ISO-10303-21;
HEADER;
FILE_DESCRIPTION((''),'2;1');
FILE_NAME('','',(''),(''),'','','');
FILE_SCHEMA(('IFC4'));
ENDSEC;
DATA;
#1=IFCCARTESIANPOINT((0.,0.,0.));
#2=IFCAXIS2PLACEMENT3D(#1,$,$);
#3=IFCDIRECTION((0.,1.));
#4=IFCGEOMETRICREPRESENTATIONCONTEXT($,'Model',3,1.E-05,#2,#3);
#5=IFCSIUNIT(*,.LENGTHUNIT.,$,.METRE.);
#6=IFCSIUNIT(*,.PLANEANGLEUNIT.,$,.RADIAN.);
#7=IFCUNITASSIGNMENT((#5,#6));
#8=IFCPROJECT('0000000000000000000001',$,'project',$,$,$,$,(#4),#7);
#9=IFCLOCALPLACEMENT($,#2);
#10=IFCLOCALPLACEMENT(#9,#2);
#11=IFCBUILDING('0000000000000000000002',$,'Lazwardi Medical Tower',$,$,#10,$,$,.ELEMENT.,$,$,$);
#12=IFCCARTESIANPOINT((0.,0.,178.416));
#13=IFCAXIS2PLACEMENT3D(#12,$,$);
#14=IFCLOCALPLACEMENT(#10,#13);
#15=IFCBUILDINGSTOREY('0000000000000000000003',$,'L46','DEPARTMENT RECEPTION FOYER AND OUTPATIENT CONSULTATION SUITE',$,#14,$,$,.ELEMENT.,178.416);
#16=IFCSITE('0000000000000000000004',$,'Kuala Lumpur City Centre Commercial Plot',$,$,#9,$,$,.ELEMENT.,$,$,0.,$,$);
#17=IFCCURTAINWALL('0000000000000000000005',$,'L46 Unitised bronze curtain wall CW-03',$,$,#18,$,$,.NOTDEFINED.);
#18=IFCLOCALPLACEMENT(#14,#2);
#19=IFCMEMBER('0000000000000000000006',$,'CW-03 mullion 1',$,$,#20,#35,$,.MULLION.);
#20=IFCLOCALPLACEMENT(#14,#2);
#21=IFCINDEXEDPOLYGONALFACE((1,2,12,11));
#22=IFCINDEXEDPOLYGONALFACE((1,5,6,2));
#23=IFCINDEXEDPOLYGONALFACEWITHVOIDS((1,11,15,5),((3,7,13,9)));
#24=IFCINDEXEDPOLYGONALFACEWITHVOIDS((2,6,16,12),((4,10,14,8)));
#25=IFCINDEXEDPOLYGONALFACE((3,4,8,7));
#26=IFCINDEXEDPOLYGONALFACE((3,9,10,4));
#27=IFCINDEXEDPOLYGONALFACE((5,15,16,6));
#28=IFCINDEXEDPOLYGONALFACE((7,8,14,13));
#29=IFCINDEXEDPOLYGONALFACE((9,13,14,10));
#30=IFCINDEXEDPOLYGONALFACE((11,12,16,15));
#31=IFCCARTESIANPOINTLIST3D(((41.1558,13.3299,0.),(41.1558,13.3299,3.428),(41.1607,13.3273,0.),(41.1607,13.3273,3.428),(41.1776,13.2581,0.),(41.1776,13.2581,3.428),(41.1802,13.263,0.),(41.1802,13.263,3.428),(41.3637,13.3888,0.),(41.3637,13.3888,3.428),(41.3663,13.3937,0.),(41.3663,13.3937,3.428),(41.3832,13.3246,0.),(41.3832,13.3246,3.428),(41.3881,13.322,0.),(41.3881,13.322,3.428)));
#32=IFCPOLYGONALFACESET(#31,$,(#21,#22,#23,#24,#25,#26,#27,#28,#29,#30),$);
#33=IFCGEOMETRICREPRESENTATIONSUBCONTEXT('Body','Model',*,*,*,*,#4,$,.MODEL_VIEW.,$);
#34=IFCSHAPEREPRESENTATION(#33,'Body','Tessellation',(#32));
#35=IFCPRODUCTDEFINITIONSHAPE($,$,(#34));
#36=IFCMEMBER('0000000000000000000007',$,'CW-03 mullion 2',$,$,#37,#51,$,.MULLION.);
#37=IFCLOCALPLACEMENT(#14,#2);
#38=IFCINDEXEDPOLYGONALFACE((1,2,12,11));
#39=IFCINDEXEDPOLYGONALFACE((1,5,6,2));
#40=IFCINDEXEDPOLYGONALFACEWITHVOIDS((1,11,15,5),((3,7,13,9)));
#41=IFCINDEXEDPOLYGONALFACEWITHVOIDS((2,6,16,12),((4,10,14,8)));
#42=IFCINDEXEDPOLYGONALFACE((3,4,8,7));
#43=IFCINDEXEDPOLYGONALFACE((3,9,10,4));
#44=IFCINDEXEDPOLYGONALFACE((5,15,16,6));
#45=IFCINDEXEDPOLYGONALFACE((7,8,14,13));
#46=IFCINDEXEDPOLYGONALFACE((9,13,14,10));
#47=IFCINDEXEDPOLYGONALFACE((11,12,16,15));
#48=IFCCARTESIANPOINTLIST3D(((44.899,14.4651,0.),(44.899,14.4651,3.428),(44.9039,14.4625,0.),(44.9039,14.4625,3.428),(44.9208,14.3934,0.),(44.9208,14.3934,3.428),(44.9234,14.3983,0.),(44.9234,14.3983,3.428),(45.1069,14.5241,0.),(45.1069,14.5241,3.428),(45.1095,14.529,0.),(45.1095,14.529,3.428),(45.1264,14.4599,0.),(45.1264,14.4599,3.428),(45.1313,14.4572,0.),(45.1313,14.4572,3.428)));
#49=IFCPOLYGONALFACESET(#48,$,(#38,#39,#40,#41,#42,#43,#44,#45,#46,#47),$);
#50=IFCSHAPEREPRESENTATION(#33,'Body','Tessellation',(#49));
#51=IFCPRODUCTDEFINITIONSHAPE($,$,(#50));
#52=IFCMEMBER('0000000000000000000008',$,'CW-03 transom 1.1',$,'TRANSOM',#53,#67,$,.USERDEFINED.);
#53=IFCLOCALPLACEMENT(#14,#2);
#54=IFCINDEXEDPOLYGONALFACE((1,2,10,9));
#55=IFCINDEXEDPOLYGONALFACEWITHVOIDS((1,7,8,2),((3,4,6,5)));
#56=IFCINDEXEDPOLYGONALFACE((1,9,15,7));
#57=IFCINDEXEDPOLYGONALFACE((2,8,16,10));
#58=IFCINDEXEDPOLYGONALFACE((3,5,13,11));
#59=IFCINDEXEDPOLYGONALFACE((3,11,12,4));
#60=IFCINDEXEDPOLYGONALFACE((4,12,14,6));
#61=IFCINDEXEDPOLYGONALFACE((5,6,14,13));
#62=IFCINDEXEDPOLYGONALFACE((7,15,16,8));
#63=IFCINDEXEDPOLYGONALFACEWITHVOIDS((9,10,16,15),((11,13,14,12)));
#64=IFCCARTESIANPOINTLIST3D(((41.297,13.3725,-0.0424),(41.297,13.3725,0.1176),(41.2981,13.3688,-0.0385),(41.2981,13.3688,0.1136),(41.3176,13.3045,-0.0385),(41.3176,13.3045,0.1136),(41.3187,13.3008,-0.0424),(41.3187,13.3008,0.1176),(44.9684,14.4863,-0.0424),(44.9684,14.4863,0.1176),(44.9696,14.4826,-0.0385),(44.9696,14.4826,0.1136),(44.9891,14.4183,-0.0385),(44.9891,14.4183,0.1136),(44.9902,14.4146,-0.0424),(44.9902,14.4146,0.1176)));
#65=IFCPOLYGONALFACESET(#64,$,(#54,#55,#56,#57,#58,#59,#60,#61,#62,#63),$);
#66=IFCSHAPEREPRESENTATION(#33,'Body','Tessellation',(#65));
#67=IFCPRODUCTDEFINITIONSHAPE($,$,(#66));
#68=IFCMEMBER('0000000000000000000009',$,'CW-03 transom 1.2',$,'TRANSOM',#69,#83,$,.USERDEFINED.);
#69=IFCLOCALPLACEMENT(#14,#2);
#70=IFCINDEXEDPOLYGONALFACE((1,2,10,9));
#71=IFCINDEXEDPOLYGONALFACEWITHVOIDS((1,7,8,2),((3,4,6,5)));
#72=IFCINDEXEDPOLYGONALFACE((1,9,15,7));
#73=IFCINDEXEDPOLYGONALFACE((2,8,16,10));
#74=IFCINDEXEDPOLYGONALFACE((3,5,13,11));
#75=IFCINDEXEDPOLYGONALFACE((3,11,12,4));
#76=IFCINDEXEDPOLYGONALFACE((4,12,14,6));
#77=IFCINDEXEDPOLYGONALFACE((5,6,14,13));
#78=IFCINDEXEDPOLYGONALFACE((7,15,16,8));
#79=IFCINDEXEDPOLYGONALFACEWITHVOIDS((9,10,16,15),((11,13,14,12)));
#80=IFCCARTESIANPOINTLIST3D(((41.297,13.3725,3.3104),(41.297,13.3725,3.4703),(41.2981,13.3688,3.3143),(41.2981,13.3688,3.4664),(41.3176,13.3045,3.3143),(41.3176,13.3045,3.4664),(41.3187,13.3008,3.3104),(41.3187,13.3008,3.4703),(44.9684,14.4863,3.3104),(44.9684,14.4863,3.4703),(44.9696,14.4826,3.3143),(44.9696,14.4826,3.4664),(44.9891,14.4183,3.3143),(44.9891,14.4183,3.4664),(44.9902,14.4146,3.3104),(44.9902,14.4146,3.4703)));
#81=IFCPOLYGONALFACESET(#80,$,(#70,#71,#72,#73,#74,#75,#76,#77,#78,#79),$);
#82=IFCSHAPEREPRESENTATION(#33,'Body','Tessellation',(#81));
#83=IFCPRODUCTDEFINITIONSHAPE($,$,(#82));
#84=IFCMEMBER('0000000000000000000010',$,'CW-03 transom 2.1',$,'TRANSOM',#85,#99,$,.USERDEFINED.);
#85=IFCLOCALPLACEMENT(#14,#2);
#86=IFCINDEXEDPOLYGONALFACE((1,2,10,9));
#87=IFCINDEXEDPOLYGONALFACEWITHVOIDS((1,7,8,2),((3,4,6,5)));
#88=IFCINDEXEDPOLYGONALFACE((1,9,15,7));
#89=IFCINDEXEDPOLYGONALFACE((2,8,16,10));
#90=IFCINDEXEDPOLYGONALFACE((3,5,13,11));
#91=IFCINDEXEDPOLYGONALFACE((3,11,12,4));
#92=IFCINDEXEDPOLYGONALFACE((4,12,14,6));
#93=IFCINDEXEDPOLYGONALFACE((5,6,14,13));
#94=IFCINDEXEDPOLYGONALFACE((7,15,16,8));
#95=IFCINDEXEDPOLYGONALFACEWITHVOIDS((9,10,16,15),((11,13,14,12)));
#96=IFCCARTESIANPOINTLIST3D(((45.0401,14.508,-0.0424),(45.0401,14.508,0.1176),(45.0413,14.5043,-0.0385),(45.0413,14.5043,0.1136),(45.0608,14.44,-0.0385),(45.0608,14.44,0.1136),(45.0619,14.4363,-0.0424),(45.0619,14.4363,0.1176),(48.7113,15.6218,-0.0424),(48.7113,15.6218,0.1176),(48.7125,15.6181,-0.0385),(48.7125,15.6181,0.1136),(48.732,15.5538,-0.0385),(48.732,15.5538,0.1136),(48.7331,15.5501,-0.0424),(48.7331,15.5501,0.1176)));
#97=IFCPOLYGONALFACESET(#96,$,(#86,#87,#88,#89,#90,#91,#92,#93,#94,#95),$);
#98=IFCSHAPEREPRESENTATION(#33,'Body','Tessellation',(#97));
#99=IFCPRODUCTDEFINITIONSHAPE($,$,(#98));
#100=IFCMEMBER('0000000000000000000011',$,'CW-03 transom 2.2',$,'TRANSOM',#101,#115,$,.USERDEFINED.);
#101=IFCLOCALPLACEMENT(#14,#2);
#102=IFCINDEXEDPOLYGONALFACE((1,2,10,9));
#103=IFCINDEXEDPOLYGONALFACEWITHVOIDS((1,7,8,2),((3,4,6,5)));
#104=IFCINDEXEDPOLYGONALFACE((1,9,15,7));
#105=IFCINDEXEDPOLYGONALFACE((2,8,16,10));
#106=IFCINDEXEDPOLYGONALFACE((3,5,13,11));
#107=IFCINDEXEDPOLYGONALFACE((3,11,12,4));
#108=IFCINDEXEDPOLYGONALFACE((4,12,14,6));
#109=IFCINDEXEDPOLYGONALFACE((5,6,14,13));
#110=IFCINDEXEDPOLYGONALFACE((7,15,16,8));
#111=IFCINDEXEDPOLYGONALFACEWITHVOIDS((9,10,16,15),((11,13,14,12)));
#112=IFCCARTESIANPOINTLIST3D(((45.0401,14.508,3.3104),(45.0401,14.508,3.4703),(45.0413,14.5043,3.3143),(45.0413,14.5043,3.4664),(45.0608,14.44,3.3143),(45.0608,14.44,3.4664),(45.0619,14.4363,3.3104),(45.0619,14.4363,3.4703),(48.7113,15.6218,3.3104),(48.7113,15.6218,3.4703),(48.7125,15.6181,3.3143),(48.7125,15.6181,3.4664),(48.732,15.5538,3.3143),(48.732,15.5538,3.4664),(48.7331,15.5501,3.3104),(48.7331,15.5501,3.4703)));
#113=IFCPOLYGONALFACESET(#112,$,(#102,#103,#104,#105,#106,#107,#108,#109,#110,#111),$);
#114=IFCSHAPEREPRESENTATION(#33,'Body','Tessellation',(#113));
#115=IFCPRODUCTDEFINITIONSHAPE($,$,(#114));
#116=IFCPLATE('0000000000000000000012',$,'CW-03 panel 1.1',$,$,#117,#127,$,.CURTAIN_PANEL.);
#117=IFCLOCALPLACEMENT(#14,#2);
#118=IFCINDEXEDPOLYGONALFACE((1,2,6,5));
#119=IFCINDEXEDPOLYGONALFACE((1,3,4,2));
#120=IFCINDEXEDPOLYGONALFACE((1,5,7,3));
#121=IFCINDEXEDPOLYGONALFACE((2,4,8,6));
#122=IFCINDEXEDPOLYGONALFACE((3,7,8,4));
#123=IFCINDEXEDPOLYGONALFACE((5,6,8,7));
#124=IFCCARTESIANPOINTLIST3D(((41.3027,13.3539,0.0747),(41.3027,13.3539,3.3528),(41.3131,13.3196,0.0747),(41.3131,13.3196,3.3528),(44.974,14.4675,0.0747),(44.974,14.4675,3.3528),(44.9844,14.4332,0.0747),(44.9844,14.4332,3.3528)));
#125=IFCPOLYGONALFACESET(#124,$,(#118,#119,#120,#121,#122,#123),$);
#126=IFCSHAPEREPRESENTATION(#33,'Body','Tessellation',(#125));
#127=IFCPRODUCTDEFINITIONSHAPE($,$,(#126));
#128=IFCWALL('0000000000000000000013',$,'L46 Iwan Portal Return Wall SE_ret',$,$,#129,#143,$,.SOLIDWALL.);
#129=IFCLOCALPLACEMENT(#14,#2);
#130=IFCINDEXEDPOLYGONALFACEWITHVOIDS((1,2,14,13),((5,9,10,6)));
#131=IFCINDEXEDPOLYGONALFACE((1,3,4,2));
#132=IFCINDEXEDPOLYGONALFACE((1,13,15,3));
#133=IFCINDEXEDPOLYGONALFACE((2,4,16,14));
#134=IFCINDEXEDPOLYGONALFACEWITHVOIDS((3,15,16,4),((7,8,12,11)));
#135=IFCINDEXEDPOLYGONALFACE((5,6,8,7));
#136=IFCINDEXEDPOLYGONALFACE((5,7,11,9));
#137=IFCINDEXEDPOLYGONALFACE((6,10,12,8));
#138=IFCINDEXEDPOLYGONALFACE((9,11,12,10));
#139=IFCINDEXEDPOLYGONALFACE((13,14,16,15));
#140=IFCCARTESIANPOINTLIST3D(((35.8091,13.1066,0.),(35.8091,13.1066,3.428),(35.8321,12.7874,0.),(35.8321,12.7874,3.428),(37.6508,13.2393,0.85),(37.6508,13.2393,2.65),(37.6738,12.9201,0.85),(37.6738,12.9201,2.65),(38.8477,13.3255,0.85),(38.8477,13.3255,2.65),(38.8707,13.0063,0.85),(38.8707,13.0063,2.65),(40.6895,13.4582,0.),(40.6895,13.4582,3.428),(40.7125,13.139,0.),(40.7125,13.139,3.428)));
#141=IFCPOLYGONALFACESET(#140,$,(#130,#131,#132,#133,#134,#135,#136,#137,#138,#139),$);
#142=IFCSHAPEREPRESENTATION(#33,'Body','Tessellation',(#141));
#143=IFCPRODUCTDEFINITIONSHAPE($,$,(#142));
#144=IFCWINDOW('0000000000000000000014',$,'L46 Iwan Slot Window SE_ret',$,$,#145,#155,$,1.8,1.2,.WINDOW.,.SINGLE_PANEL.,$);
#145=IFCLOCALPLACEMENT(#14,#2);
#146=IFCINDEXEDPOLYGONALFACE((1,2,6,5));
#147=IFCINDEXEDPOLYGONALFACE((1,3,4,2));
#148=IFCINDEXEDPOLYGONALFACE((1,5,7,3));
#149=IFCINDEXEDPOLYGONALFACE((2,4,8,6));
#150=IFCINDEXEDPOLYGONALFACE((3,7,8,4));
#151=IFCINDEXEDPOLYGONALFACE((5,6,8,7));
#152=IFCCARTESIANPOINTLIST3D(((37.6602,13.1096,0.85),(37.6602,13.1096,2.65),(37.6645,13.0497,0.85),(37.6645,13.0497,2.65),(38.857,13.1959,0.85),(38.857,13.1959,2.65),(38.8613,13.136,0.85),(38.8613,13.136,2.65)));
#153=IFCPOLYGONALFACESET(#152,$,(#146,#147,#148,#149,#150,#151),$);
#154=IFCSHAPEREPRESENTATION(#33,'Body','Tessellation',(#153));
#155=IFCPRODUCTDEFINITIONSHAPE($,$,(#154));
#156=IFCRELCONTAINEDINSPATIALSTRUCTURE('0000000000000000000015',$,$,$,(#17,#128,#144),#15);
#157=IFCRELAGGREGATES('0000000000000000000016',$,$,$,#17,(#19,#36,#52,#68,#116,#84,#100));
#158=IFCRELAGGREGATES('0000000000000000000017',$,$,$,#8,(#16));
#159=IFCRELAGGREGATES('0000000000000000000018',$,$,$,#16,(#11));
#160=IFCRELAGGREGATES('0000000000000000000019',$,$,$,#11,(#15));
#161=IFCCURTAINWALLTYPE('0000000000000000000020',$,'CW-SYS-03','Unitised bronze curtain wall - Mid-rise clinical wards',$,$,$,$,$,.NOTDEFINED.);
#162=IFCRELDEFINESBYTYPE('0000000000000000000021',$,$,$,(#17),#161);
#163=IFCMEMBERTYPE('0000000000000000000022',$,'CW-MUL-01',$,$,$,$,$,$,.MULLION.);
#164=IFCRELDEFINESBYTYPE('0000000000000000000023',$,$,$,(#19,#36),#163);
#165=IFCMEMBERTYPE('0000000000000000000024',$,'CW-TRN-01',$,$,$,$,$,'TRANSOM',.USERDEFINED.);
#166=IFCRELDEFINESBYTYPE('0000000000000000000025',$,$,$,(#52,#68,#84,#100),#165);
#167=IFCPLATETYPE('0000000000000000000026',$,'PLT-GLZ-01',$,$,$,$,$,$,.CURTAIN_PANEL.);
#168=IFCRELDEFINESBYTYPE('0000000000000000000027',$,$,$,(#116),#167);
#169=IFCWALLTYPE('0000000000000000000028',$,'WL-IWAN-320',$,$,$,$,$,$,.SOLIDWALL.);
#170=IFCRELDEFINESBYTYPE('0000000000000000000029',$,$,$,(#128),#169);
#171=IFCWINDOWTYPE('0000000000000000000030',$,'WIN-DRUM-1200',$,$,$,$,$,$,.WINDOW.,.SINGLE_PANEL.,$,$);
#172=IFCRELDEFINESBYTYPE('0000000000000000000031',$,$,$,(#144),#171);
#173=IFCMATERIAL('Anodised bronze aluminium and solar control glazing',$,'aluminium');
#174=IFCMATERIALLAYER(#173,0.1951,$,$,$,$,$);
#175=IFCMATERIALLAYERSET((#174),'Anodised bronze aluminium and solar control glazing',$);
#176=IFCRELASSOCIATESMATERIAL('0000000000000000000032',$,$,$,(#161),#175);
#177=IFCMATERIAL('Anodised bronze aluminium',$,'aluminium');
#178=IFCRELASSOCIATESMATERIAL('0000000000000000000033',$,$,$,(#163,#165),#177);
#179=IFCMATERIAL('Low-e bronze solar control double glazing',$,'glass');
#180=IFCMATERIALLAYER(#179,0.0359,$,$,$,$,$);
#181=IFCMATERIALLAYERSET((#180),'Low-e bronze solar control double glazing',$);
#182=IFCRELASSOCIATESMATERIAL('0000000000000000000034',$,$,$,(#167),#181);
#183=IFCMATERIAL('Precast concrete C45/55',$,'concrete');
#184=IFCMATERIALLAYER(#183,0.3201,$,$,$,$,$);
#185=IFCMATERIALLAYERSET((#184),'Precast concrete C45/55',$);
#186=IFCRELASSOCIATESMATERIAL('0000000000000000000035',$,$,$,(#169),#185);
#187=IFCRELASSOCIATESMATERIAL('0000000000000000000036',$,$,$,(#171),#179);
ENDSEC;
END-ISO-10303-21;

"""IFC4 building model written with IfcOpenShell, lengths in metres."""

from ifc_helpers import new_model, si_unit, direction, frame, frame_2d, origin, origin_2d, place, context, subcontext, project, spatial, rectangle, hollow_rectangle, extrude, material, layer, layer_set, material_profile, profile_set, type_object, element, fill, aggregate, save


model = new_model("IFC4")

# Units and contexts
model_context = context("Model", 3, precision=1e-05, world=origin(), true_north=direction((0.0, 1.0)))
body_context = subcontext(model_context, "Body", "Model", "MODEL_VIEW")
ifc_project = project(units=[si_unit("LENGTHUNIT", "METRE"), si_unit("PLANEANGLEUNIT", "RADIAN")], contexts=[model_context])

# Site, building, storey
site_placement = place(None, origin())
site = spatial("IfcSite", under=ifc_project, at=site_placement, Name="Kuala Lumpur City Centre Commercial Plot", CompositionType="ELEMENT", RefElevation=0.0)
building_placement = place(site_placement, origin())
building = spatial("IfcBuilding", under=site, at=building_placement, Name="Lazwardi Medical Tower", CompositionType="ELEMENT")
storey_placement = place(building_placement, frame((0.0, 0.0, 178.416)))
storey = spatial("IfcBuildingStorey", under=building, at=storey_placement, Name="L46", Description="DEPARTMENT RECEPTION FOYER AND OUTPATIENT CONSULTATION SUITE", CompositionType="ELEMENT", Elevation=178.416)

# Curtain wall, members, plate
ifc_material_1 = material(Name="Anodised bronze aluminium and solar control glazing", Category="aluminium")
ifc_layer_1 = layer(ifc_material_1, 0.1951)
ifc_layer_set_1 = layer_set([ifc_layer_1], Name="Anodised bronze aluminium and solar control glazing")
curtain_wall_type = type_object("IfcCurtainWallType", Name="CW-SYS-03", Description="Unitised bronze curtain wall - Mid-rise clinical wards", PredefinedType="NOTDEFINED", material=ifc_layer_set_1)
curtain_wall_placement = place(storey_placement, origin())
curtain_wall = element("IfcCurtainWall", 1, at=curtain_wall_placement, inside=storey, type_object=curtain_wall_type, Name="L46 Unitised bronze curtain wall CW-03", PredefinedType="NOTDEFINED")
ifc_material_2 = material(Name="Anodised bronze aluminium", Category="aluminium")
ifc_material_profile_1 = material_profile(ifc_material_2, hollow_rectangle(XDim=0.075, YDim=0.22, WallThickness=0.0039, at=origin_2d()), Name="ALU-MULLION 220x75x4")
ifc_profile_set_1 = profile_set([ifc_material_profile_1], Name="Anodised bronze aluminium")
member_type_1 = type_object("IfcMemberType", Name="CW-MUL-01", PredefinedType="MULLION", material=ifc_profile_set_1)
member_1_placement = place(storey_placement, frame((41.272, 13.3259, 0.0), z_axis=(0.0, 0.0, 1.0), x_axis=(-0.290281, 0.956942, 0.0)))
member_1 = element("IfcMember", 2, at=member_1_placement, type_object=member_type_1, Name="CW-03 mullion 1", PredefinedType="MULLION", context=body_context, shape_type="SweptSolid", body=[
    extrude(hollow_rectangle(XDim=0.075, YDim=0.22, WallThickness=0.0039, at=origin_2d()), origin(), (0.0, 0.0, 1.0), 3.428),
])
member_2_placement = place(storey_placement, frame((45.0151, 14.4612, 0.0), z_axis=(0.0, 0.0, 1.0), x_axis=(-0.290281, 0.956942, 0.0)))
member_2 = element("IfcMember", 3, at=member_2_placement, type_object=member_type_1, Name="CW-03 mullion 2", PredefinedType="MULLION", context=body_context, shape_type="SweptSolid", body=[
    extrude(hollow_rectangle(XDim=0.075, YDim=0.22, WallThickness=0.0039, at=origin_2d()), origin(), (0.0, 0.0, 1.0), 3.428),
])
ifc_material_profile_2 = material_profile(ifc_material_2, hollow_rectangle(XDim=0.075, YDim=0.1599, WallThickness=0.0039, at=origin_2d()), Name="ALU-TRANSOM 160x75x4")
ifc_profile_set_2 = profile_set([ifc_material_profile_2], Name="Anodised bronze aluminium")
member_type_2 = type_object("IfcMemberType", Name="CW-TRN-01", ElementType="TRANSOM", PredefinedType="USERDEFINED", material=ifc_profile_set_2)
member_3_placement = place(storey_placement, frame((41.3079, 13.3367, 0.0376), z_axis=(0.956936, 0.290301, 0.0), x_axis=(-0.290301, 0.956936, 0.0)))
member_3 = element("IfcMember", 4, at=member_3_placement, type_object=member_type_2, Name="CW-03 transom 1.1", ObjectType="TRANSOM", PredefinedType="USERDEFINED", context=body_context, shape_type="SweptSolid", body=[
    extrude(hollow_rectangle(XDim=0.075, YDim=0.1599, WallThickness=0.0039, at=origin_2d()), origin(), (0.0, 0.0, 1.0), 3.8367),
])
member_4_placement = place(storey_placement, frame((41.3079, 13.3367, 3.3904), z_axis=(0.956936, 0.290301, 0.0), x_axis=(-0.290301, 0.956936, 0.0)))
member_4 = element("IfcMember", 5, at=member_4_placement, type_object=member_type_2, Name="CW-03 transom 1.2", ObjectType="TRANSOM", PredefinedType="USERDEFINED", context=body_context, shape_type="SweptSolid", body=[
    extrude(hollow_rectangle(XDim=0.075, YDim=0.1599, WallThickness=0.0039, at=origin_2d()), origin(), (0.0, 0.0, 1.0), 3.8367),
])
member_5_placement = place(storey_placement, frame((45.051, 14.4722, 0.0376), z_axis=(0.95693, 0.290318, 0.0), x_axis=(-0.290318, 0.95693, 0.0)))
member_5 = element("IfcMember", 6, at=member_5_placement, type_object=member_type_2, Name="CW-03 transom 2.1", ObjectType="TRANSOM", PredefinedType="USERDEFINED", context=body_context, shape_type="SweptSolid", body=[
    extrude(hollow_rectangle(XDim=0.075, YDim=0.1599, WallThickness=0.0039, at=origin_2d()), origin(), (0.0, 0.0, 1.0), 3.8364),
])
member_6_placement = place(storey_placement, frame((45.051, 14.4722, 3.3904), z_axis=(0.95693, 0.290318, 0.0), x_axis=(-0.290318, 0.95693, 0.0)))
member_6 = element("IfcMember", 7, at=member_6_placement, type_object=member_type_2, Name="CW-03 transom 2.2", ObjectType="TRANSOM", PredefinedType="USERDEFINED", context=body_context, shape_type="SweptSolid", body=[
    extrude(hollow_rectangle(XDim=0.075, YDim=0.1599, WallThickness=0.0039, at=origin_2d()), origin(), (0.0, 0.0, 1.0), 3.8364),
])
ifc_material_3 = material(Name="Low-e bronze solar control double glazing", Category="glass")
ifc_layer_2 = layer(ifc_material_3, 0.0359)
ifc_layer_set_2 = layer_set([ifc_layer_2], Name="Low-e bronze solar control double glazing")
plate_type = type_object("IfcPlateType", Name="PLT-GLZ-01", PredefinedType="CURTAIN_PANEL", material=ifc_layer_set_2)
plate_placement = place(storey_placement, frame((43.1436, 13.8936, 0.0747), z_axis=(0.0, 0.0, 1.0), x_axis=(0.956942, 0.290281, 0.0)))
plate = element("IfcPlate", 8, at=plate_placement, type_object=plate_type, Name="CW-03 panel 1.1", PredefinedType="CURTAIN_PANEL", context=body_context, shape_type="SweptSolid", body=[
    extrude(rectangle(XDim=3.8364, YDim=0.0359, at=origin_2d()), origin(), (0.0, 0.0, 1.0), 3.2781),
])
aggregate(curtain_wall, [member_1, member_2, member_3, member_4, plate, member_5, member_6])

# Wall, opening, window
ifc_material_4 = material(Name="Precast concrete C45/55", Category="concrete")
ifc_layer_3 = layer(ifc_material_4, 0.3201)
ifc_layer_set_3 = layer_set([ifc_layer_3], Name="Precast concrete C45/55")
wall_type = type_object("IfcWallType", Name="WL-IWAN-320", PredefinedType="SOLIDWALL", material=ifc_layer_set_3)
wall_1_placement = place(storey_placement, frame((35.8206, 12.947, 0.0), z_axis=(0.0, 0.0, 1.0), x_axis=(0.997415, 0.07185, 0.0)))
wall_1 = element("IfcWall", 9, at=wall_1_placement, inside=storey, type_object=wall_type, Name="L46 Iwan Portal Return Wall SE_ret", PredefinedType="SOLIDWALL", context=body_context, shape_type="SweptSolid", body=[
    extrude(rectangle(XDim=4.8931, YDim=0.3201, at=frame_2d((2.4465, 0.0))), origin(), (0.0, 0.0, 1.0), 3.428),
])
opening_1_placement = place(wall_1_placement, frame((1.8464, 0.0, 0.8501)))
opening_1 = element("IfcOpeningElement", 10, at=opening_1_placement, cuts=wall_1, PredefinedType="OPENING", context=body_context, shape_type="SweptSolid", body=[
    extrude(rectangle(XDim=1.2, YDim=1.8, at=frame_2d((0.6001, 0.8999))), frame((0.0, 0.1699, 0.0), z_axis=(0.0, -1.0, 0.0), x_axis=(1.0, 0.0, 0.0)), (0.0, 0.0, 1.0), 0.3401),
])
window_type_1 = type_object("IfcWindowType", Name="WIN-DRUM-1200", PartitioningType="SINGLE_PANEL", PredefinedType="WINDOW", material=ifc_material_3)
window_1_placement = place(opening_1_placement, origin())
window_1 = element("IfcWindow", 11, at=window_1_placement, inside=storey, type_object=window_type_1, Name="L46 Iwan Slot Window SE_ret", OverallHeight=1.8, OverallWidth=1.2, PartitioningType="SINGLE_PANEL", PredefinedType="WINDOW", context=body_context, shape_type="SweptSolid", body=[
    extrude(rectangle(XDim=1.2, YDim=1.8, at=frame_2d((0.6001, 0.8999))), frame((0.0, 0.03, 0.0), z_axis=(0.0, -1.0, 0.0), x_axis=(1.0, 0.0, 0.0)), (0.0, 0.0, 1.0), 0.0601),
])
fill(opening_1, window_1)

save(model, "model.ifc")
